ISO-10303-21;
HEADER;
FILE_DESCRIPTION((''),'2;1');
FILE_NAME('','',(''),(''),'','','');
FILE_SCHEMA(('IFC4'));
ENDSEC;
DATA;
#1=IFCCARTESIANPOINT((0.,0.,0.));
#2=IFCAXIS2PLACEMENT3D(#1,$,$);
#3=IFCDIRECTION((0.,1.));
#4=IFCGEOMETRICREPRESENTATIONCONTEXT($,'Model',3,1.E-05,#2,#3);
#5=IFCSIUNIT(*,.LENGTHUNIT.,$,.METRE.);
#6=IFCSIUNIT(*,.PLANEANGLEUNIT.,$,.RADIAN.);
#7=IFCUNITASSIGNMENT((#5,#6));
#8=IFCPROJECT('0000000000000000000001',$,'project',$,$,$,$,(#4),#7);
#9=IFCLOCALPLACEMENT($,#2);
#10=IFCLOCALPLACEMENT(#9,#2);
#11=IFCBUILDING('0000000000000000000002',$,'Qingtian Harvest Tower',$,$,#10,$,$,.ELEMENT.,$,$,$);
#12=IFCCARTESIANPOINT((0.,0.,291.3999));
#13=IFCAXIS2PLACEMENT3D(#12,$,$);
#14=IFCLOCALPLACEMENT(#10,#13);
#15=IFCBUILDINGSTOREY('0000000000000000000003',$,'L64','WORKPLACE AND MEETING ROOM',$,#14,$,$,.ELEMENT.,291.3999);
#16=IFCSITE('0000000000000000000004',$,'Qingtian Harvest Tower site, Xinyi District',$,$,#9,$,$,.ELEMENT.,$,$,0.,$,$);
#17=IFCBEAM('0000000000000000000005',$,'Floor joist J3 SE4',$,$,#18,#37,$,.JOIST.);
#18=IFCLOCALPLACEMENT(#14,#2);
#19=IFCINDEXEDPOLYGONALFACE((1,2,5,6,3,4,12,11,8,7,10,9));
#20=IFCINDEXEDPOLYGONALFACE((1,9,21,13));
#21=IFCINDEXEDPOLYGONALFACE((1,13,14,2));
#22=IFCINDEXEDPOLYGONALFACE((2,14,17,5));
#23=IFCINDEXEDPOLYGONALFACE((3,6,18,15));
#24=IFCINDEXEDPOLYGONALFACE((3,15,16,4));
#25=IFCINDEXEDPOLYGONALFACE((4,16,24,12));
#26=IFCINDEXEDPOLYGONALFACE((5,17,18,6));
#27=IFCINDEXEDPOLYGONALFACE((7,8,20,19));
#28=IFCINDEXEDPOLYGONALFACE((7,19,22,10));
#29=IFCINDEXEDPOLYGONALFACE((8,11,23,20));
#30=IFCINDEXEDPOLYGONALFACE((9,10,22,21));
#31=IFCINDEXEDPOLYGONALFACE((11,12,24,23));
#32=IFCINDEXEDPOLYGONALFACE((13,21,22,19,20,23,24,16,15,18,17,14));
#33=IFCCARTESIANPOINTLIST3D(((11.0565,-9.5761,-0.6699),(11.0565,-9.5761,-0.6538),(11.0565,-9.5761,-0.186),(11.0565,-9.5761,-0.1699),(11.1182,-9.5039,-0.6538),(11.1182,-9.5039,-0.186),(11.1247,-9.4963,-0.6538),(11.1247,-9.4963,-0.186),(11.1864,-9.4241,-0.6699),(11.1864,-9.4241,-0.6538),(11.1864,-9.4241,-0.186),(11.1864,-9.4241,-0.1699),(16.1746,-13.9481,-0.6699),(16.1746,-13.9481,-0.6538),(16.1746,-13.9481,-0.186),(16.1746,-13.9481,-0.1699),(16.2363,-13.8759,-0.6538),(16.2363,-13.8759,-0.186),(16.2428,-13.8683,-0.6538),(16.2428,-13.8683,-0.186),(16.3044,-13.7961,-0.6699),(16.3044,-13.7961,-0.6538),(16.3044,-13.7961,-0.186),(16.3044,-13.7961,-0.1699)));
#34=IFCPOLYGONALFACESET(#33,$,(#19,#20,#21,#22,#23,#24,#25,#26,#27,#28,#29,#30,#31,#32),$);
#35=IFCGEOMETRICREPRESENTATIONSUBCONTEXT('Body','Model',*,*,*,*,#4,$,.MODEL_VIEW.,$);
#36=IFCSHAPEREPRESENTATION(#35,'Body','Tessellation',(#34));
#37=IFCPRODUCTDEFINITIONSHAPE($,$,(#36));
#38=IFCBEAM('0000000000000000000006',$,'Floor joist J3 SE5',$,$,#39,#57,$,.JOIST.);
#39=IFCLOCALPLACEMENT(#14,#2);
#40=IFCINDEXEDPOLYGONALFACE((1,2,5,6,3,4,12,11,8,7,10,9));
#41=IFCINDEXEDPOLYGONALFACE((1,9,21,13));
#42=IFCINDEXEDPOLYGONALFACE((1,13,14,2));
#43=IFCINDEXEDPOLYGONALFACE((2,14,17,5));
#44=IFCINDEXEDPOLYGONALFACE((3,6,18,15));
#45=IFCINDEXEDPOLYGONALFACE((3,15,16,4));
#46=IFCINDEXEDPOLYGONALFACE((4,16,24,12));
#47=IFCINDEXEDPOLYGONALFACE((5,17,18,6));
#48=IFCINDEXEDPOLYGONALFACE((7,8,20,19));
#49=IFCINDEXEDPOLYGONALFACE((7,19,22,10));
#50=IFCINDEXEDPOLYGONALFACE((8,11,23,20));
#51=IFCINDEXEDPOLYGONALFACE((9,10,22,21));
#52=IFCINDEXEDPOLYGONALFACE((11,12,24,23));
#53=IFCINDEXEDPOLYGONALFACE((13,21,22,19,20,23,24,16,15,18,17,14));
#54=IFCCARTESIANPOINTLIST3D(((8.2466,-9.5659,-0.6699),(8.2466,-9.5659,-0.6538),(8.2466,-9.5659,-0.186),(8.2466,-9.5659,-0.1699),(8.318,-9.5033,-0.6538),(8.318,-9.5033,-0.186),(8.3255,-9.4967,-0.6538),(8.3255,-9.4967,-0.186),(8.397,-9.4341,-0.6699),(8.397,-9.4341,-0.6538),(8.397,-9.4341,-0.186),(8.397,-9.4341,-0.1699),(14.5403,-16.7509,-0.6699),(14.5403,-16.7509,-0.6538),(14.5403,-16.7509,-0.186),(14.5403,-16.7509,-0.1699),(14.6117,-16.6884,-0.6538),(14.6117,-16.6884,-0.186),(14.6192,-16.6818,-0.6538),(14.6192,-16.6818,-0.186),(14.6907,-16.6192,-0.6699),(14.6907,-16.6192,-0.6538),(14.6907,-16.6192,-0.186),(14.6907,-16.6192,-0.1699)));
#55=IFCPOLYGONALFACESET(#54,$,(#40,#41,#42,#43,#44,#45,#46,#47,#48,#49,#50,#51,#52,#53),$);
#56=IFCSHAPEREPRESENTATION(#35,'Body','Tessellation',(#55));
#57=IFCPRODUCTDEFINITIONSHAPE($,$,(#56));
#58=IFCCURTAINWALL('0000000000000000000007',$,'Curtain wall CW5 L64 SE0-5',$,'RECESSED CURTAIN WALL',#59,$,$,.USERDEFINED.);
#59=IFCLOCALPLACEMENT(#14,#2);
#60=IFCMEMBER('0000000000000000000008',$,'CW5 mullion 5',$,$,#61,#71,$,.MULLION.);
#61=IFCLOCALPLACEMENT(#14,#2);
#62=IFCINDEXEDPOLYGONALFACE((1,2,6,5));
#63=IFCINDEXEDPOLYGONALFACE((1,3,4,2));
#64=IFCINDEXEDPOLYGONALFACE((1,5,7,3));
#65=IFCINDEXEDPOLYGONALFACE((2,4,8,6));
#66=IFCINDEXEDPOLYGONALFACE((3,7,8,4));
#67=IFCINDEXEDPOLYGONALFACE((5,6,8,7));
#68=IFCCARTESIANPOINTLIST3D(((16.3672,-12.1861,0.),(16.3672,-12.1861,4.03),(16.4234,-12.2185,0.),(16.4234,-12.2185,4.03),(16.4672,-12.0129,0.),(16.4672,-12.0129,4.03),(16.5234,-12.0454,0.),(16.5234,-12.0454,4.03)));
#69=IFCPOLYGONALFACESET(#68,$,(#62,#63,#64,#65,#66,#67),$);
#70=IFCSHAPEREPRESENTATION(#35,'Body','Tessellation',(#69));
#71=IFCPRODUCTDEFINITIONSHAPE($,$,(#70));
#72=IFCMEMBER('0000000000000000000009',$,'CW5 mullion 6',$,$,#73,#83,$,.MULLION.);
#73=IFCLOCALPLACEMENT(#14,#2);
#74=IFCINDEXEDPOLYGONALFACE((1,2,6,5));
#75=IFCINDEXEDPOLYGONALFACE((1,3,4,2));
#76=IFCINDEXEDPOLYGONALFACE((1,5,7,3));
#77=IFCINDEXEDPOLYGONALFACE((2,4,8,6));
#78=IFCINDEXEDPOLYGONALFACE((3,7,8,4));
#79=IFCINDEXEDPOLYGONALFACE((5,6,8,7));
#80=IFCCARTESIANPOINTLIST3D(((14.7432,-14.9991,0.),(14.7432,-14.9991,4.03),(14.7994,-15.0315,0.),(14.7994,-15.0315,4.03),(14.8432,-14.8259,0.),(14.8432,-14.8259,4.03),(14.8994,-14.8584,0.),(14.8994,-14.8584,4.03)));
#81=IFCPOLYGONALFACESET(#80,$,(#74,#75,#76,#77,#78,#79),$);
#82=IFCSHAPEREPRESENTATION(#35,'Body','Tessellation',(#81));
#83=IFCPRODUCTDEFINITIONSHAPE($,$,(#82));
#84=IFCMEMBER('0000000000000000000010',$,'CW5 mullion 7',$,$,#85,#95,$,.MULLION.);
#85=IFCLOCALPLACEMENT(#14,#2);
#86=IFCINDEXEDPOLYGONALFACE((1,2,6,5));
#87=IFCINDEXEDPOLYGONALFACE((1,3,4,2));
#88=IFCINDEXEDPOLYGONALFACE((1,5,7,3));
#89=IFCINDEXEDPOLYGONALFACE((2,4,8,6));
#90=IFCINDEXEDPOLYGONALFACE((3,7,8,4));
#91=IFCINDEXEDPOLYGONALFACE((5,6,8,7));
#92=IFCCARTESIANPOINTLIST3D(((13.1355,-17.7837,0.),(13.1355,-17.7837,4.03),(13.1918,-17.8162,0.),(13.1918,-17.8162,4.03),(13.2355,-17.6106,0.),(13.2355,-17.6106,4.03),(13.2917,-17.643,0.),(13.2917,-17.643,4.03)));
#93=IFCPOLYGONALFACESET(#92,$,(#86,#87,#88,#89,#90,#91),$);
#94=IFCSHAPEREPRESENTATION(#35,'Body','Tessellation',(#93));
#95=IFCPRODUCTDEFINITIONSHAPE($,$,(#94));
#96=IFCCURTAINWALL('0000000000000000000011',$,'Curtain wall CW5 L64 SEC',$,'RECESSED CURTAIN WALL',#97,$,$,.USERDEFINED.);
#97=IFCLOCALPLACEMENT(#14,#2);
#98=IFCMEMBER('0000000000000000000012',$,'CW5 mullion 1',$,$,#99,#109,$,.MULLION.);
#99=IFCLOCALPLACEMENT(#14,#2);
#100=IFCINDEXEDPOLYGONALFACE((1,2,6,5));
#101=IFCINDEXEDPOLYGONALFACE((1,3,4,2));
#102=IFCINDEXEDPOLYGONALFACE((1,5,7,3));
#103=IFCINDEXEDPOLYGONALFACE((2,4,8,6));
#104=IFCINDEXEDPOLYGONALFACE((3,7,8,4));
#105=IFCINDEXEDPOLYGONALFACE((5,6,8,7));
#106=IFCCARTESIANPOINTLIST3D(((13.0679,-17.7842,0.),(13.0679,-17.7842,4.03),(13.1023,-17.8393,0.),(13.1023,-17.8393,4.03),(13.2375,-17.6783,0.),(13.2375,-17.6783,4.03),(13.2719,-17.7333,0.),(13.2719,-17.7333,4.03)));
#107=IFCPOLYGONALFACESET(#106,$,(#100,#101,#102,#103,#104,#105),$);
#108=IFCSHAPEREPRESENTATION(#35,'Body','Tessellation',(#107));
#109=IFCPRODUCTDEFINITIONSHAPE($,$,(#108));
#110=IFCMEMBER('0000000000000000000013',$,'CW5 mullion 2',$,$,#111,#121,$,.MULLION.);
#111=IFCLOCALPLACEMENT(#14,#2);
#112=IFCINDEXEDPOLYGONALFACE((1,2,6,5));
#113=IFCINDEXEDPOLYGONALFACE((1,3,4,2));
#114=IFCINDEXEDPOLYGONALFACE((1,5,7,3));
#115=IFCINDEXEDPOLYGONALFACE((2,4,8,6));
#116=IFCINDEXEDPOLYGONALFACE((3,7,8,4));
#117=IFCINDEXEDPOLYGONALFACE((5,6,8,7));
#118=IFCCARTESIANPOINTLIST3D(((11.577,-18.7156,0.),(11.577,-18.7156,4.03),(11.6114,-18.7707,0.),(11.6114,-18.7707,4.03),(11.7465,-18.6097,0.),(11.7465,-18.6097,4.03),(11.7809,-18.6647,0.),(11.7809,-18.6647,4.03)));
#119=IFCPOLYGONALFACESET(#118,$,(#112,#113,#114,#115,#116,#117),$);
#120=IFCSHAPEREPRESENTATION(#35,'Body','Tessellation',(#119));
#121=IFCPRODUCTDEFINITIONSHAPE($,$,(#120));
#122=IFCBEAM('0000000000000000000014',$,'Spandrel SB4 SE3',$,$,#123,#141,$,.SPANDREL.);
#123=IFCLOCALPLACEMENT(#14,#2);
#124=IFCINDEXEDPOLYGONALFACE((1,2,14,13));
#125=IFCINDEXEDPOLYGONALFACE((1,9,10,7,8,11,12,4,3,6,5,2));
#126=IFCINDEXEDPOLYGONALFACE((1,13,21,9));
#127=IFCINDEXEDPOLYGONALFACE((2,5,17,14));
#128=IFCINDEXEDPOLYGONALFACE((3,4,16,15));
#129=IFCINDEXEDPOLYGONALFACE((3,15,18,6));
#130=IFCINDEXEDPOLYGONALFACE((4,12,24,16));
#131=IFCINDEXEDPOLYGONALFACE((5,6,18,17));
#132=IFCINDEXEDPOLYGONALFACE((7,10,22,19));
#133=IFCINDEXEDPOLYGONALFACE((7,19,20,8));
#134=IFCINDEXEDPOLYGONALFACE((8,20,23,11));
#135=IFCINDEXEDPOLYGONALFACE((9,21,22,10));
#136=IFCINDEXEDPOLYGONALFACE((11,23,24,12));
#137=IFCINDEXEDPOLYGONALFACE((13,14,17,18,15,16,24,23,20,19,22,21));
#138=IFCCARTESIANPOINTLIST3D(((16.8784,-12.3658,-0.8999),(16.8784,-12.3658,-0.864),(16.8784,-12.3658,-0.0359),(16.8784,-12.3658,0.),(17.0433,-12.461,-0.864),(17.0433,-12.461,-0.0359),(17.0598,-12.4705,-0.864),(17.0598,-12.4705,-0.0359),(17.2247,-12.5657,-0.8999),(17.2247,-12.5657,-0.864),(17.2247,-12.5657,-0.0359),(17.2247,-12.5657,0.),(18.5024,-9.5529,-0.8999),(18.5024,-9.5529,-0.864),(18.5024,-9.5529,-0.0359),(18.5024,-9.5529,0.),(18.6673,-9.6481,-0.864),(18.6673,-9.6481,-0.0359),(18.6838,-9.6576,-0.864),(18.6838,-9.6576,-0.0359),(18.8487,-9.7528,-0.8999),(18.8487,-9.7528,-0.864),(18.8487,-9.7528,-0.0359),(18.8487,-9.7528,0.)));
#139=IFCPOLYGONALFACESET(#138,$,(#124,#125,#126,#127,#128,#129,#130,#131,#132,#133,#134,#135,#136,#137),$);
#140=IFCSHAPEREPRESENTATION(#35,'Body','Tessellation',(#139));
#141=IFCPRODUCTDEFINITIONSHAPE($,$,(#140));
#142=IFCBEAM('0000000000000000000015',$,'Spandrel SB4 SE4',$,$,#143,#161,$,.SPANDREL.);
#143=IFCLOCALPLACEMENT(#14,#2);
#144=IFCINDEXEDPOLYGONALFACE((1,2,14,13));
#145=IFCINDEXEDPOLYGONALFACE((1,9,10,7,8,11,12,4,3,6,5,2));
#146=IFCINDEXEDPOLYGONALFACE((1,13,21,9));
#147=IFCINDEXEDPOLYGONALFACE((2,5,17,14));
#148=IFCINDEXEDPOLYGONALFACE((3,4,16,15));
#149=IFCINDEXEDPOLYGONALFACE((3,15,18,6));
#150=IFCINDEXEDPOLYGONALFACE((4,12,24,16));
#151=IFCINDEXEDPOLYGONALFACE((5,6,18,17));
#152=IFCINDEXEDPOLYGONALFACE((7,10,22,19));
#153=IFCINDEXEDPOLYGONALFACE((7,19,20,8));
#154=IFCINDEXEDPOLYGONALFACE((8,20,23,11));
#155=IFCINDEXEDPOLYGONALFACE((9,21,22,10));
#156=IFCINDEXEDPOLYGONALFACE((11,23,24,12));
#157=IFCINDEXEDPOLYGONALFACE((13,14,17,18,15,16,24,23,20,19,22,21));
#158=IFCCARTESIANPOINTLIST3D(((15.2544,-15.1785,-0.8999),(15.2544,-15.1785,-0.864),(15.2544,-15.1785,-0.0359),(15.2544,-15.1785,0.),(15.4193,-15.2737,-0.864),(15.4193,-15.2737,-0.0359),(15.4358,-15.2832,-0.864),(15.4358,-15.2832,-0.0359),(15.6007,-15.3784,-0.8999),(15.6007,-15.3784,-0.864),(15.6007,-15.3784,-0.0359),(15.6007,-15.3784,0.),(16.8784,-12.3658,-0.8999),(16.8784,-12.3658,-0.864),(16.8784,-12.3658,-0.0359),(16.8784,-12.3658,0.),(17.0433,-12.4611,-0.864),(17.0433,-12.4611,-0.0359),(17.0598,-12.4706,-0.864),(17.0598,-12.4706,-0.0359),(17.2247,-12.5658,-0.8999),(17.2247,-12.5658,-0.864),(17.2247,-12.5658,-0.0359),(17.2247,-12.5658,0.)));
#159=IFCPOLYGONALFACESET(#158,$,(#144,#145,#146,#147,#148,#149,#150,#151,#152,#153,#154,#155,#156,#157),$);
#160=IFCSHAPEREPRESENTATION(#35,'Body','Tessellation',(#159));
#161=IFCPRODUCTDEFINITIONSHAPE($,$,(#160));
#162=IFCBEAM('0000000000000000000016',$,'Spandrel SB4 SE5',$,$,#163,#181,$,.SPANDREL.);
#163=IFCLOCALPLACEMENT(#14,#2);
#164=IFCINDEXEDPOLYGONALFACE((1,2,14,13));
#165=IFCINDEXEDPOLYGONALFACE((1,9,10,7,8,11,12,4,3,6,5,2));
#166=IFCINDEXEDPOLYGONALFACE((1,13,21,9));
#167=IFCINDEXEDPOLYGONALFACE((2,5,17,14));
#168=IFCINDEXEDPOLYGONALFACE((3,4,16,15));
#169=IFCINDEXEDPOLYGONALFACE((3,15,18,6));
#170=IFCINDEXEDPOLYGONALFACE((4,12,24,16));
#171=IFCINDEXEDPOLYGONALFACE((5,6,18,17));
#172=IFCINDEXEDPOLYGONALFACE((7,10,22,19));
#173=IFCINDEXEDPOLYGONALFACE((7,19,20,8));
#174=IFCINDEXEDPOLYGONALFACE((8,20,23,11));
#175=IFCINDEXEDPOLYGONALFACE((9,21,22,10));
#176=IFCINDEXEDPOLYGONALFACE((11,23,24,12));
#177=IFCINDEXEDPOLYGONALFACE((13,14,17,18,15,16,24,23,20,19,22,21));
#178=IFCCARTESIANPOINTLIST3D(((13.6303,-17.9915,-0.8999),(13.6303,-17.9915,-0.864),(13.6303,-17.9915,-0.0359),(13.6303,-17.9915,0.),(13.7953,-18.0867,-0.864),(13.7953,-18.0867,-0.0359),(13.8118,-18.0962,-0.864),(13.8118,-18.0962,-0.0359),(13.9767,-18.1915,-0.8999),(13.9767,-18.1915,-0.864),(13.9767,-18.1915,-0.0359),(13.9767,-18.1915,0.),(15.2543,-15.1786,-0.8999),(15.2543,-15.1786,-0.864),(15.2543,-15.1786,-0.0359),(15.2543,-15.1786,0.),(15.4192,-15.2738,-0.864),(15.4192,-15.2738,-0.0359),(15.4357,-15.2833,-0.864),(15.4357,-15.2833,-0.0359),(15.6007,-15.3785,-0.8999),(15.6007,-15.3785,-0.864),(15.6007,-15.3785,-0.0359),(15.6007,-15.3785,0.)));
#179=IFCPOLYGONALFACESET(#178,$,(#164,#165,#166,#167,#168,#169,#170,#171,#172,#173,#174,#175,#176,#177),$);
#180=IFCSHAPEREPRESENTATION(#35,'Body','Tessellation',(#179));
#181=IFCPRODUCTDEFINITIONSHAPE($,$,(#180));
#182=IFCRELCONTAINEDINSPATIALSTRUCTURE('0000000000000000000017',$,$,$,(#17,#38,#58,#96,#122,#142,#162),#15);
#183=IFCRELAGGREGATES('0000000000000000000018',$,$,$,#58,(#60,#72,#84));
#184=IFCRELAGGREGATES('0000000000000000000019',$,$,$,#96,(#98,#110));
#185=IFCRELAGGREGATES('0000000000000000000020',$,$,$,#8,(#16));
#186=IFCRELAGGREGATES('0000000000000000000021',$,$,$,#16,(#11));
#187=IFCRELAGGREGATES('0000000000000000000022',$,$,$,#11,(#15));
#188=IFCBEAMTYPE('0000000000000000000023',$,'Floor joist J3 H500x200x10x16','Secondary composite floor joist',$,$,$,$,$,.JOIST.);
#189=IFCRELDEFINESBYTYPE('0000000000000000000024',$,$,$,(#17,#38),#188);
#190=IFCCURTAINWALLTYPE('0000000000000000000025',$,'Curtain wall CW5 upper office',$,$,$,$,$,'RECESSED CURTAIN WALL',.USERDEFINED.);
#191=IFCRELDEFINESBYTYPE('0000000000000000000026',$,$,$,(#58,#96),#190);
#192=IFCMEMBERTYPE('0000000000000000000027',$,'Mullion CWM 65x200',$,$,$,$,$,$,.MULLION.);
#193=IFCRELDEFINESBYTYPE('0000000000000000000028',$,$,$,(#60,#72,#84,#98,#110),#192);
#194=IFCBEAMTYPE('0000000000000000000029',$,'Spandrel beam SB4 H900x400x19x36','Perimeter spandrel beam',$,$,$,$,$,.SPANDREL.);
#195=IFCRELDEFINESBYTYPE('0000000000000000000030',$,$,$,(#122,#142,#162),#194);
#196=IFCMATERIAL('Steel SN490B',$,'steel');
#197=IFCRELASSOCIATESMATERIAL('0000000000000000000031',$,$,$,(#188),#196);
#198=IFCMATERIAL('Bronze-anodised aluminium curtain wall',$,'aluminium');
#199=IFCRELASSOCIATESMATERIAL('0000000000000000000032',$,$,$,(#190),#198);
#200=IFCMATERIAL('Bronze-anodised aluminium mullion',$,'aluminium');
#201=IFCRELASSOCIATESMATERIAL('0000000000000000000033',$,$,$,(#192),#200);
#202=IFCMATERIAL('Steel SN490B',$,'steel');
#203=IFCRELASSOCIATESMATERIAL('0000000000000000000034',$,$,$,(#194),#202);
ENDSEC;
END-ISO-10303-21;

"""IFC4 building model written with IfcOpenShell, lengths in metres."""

from ifc_helpers import new_model, si_unit, direction, frame, origin, origin_2d, place, context, subcontext, project, spatial, rectangle, i_section, extrude, material, material_profile, profile_set, type_object, element, aggregate, save


model = new_model("IFC4")

# Units and contexts
model_context = context("Model", 3, precision=1e-05, world=origin(), true_north=direction((0.0, 1.0)))
body_context = subcontext(model_context, "Body", "Model", "MODEL_VIEW")
ifc_project = project(units=[si_unit("LENGTHUNIT", "METRE"), si_unit("PLANEANGLEUNIT", "RADIAN")], contexts=[model_context])

# Site, building, storey
site_placement = place(None, origin())
site = spatial("IfcSite", under=ifc_project, at=site_placement, Name="Qingtian Harvest Tower site, Xinyi District", CompositionType="ELEMENT", RefElevation=0.0)
building_placement = place(site_placement, origin())
building = spatial("IfcBuilding", under=site, at=building_placement, Name="Qingtian Harvest Tower", CompositionType="ELEMENT")
storey_placement = place(building_placement, frame((0.0, 0.0, 291.3999)))
storey = spatial("IfcBuildingStorey", under=building, at=storey_placement, Name="L64", Description="WORKPLACE AND MEETING ROOM", CompositionType="ELEMENT", Elevation=291.3999)

# Beams
ifc_material_1 = material(Name="Steel SN490B", Category="steel")
ifc_material_profile_1 = material_profile(ifc_material_1, i_section(OverallWidth=0.2, OverallDepth=0.5, WebThickness=0.01, FlangeThickness=0.0161, at=origin_2d()), Name="H500x200x10x16")
ifc_profile_set_1 = profile_set([ifc_material_profile_1], Name="Steel SN490B")
beam_type_1 = type_object("IfcBeamType", Name="Floor joist J3 H500x200x10x16", Description="Secondary composite floor joist", PredefinedType="JOIST", material=ifc_profile_set_1)
beam_1_placement = place(storey_placement, frame((16.2395, -13.8721, -0.4199), z_axis=(-0.760351, 0.649512, 0.0), x_axis=(-0.649512, -0.760351, 0.0)))
element("IfcBeam", 1, at=beam_1_placement, inside=storey, type_object=beam_type_1, Name="Floor joist J3 SE4", PredefinedType="JOIST", context=body_context, shape_type="SweptSolid", body=[
    extrude(i_section(OverallWidth=0.2, OverallDepth=0.5, WebThickness=0.01, FlangeThickness=0.0161, at=origin_2d()), origin(), (0.0, 0.0, 1.0), 6.7312),
])
beam_2_placement = place(storey_placement, frame((14.6155, -16.6851, -0.4199), z_axis=(-0.658906, 0.752225, 0.0), x_axis=(-0.752225, -0.658906, 0.0)))
element("IfcBeam", 2, at=beam_2_placement, inside=storey, type_object=beam_type_1, Name="Floor joist J3 SE5", PredefinedType="JOIST", context=body_context, shape_type="SweptSolid", body=[
    extrude(i_section(OverallWidth=0.2, OverallDepth=0.5, WebThickness=0.01, FlangeThickness=0.0161, at=origin_2d()), origin(), (0.0, 0.0, 1.0), 9.5518),
])

# Curtain walls, members
ifc_material_2 = material(Name="Bronze-anodised aluminium curtain wall", Category="aluminium")
curtain_wall_type = type_object("IfcCurtainWallType", Name="Curtain wall CW5 upper office", ElementType="RECESSED CURTAIN WALL", PredefinedType="USERDEFINED", material=ifc_material_2)
curtain_wall_1_placement = place(storey_placement, origin())
curtain_wall_1 = element("IfcCurtainWall", 3, at=curtain_wall_1_placement, inside=storey, type_object=curtain_wall_type, Name="Curtain wall CW5 L64 SE0-5", ObjectType="RECESSED CURTAIN WALL", PredefinedType="USERDEFINED")
ifc_material_3 = material(Name="Bronze-anodised aluminium mullion", Category="aluminium")
ifc_material_profile_2 = material_profile(ifc_material_3, rectangle(XDim=0.0649, YDim=0.2, at=origin_2d()), Name="AL 65x200")
ifc_profile_set_2 = profile_set([ifc_material_profile_2], Name="Bronze-anodised aluminium mullion")
member_type_1 = type_object("IfcMemberType", Name="Mullion CWM 65x200", PredefinedType="MULLION", material=ifc_profile_set_2)
member_1_placement = place(storey_placement, frame((16.4453, -12.1157, 0.0), z_axis=(0.0, 0.0, 1.0), x_axis=(0.866025, -0.5, 0.0)))
member_1 = element("IfcMember", 4, at=member_1_placement, type_object=member_type_1, Name="CW5 mullion 5", PredefinedType="MULLION", context=body_context, shape_type="SweptSolid", body=[
    extrude(rectangle(XDim=0.0649, YDim=0.2, at=origin_2d()), origin(), (0.0, 0.0, 1.0), 4.03),
])
member_2_placement = place(storey_placement, frame((14.8213, -14.9287, 0.0), z_axis=(0.0, 0.0, 1.0), x_axis=(0.866025, -0.5, 0.0)))
member_2 = element("IfcMember", 5, at=member_2_placement, type_object=member_type_1, Name="CW5 mullion 6", PredefinedType="MULLION", context=body_context, shape_type="SweptSolid", body=[
    extrude(rectangle(XDim=0.0649, YDim=0.2, at=origin_2d()), origin(), (0.0, 0.0, 1.0), 4.03),
])
member_3_placement = place(storey_placement, frame((13.2136, -17.7134, 0.0), z_axis=(0.0, 0.0, 1.0), x_axis=(0.866025, -0.5, 0.0)))
member_3 = element("IfcMember", 6, at=member_3_placement, type_object=member_type_1, Name="CW5 mullion 7", PredefinedType="MULLION", context=body_context, shape_type="SweptSolid", body=[
    extrude(rectangle(XDim=0.0649, YDim=0.2, at=origin_2d()), origin(), (0.0, 0.0, 1.0), 4.03),
])
curtain_wall_2_placement = place(storey_placement, origin())
curtain_wall_2 = element("IfcCurtainWall", 7, at=curtain_wall_2_placement, inside=storey, type_object=curtain_wall_type, Name="Curtain wall CW5 L64 SEC", ObjectType="RECESSED CURTAIN WALL", PredefinedType="USERDEFINED")
member_4_placement = place(storey_placement, frame((13.1699, -17.7588, 0.0), z_axis=(0.0, 0.0, 1.0), x_axis=(0.529919, -0.848048, 0.0)))
member_4 = element("IfcMember", 8, at=member_4_placement, type_object=member_type_1, Name="CW5 mullion 1", PredefinedType="MULLION", context=body_context, shape_type="SweptSolid", body=[
    extrude(rectangle(XDim=0.0649, YDim=0.2, at=origin_2d()), origin(), (0.0, 0.0, 1.0), 4.03),
])
member_5_placement = place(storey_placement, frame((11.679, -18.6902, 0.0), z_axis=(0.0, 0.0, 1.0), x_axis=(0.529919, -0.848048, 0.0)))
member_5 = element("IfcMember", 9, at=member_5_placement, type_object=member_type_1, Name="CW5 mullion 2", PredefinedType="MULLION", context=body_context, shape_type="SweptSolid", body=[
    extrude(rectangle(XDim=0.0649, YDim=0.2, at=origin_2d()), origin(), (0.0, 0.0, 1.0), 4.03),
])

# Beams
ifc_material_4 = material(Name="Steel SN490B", Category="steel")
ifc_material_profile_3 = material_profile(ifc_material_4, i_section(OverallWidth=0.3999, OverallDepth=0.8999, WebThickness=0.019, FlangeThickness=0.0359, at=origin_2d()), Name="H900x400x19x36")
ifc_profile_set_3 = profile_set([ifc_material_profile_3], Name="Steel SN490B")
beam_type_2 = type_object("IfcBeamType", Name="Spandrel beam SB4 H900x400x19x36", Description="Perimeter spandrel beam", PredefinedType="SPANDREL", material=ifc_profile_set_3)
beam_3_placement = place(storey_placement, frame((18.6755, -9.6528, -0.45), z_axis=(-0.499987, -0.866033, 0.0), x_axis=(0.866033, -0.499987, 0.0)))
element("IfcBeam", 10, at=beam_3_placement, inside=storey, type_object=beam_type_2, Name="Spandrel SB4 SE3", PredefinedType="SPANDREL", context=body_context, shape_type="SweptSolid", body=[
    extrude(i_section(OverallWidth=0.3999, OverallDepth=0.8999, WebThickness=0.019, FlangeThickness=0.0359, at=origin_2d()), origin(), (0.0, 0.0, 1.0), 3.248),
])
beam_4_placement = place(storey_placement, frame((17.0515, -12.4658, -0.45), z_axis=(-0.50002, -0.866014, 0.0), x_axis=(0.866014, -0.50002, 0.0)))
element("IfcBeam", 11, at=beam_4_placement, inside=storey, type_object=beam_type_2, Name="Spandrel SB4 SE4", PredefinedType="SPANDREL", context=body_context, shape_type="SweptSolid", body=[
    extrude(i_section(OverallWidth=0.3999, OverallDepth=0.8999, WebThickness=0.019, FlangeThickness=0.0359, at=origin_2d()), origin(), (0.0, 0.0, 1.0), 3.2478),
])
beam_5_placement = place(storey_placement, frame((15.4275, -15.2786, -0.45), z_axis=(-0.499987, -0.866033, 0.0), x_axis=(0.866033, -0.499987, 0.0)))
element("IfcBeam", 12, at=beam_5_placement, inside=storey, type_object=beam_type_2, Name="Spandrel SB4 SE5", PredefinedType="SPANDREL", context=body_context, shape_type="SweptSolid", body=[
    extrude(i_section(OverallWidth=0.3999, OverallDepth=0.8999, WebThickness=0.019, FlangeThickness=0.0359, at=origin_2d()), origin(), (0.0, 0.0, 1.0), 3.248),
])

aggregate(curtain_wall_1, [member_1, member_2, member_3])
aggregate(curtain_wall_2, [member_4, member_5])

save(model, "model.ifc")
